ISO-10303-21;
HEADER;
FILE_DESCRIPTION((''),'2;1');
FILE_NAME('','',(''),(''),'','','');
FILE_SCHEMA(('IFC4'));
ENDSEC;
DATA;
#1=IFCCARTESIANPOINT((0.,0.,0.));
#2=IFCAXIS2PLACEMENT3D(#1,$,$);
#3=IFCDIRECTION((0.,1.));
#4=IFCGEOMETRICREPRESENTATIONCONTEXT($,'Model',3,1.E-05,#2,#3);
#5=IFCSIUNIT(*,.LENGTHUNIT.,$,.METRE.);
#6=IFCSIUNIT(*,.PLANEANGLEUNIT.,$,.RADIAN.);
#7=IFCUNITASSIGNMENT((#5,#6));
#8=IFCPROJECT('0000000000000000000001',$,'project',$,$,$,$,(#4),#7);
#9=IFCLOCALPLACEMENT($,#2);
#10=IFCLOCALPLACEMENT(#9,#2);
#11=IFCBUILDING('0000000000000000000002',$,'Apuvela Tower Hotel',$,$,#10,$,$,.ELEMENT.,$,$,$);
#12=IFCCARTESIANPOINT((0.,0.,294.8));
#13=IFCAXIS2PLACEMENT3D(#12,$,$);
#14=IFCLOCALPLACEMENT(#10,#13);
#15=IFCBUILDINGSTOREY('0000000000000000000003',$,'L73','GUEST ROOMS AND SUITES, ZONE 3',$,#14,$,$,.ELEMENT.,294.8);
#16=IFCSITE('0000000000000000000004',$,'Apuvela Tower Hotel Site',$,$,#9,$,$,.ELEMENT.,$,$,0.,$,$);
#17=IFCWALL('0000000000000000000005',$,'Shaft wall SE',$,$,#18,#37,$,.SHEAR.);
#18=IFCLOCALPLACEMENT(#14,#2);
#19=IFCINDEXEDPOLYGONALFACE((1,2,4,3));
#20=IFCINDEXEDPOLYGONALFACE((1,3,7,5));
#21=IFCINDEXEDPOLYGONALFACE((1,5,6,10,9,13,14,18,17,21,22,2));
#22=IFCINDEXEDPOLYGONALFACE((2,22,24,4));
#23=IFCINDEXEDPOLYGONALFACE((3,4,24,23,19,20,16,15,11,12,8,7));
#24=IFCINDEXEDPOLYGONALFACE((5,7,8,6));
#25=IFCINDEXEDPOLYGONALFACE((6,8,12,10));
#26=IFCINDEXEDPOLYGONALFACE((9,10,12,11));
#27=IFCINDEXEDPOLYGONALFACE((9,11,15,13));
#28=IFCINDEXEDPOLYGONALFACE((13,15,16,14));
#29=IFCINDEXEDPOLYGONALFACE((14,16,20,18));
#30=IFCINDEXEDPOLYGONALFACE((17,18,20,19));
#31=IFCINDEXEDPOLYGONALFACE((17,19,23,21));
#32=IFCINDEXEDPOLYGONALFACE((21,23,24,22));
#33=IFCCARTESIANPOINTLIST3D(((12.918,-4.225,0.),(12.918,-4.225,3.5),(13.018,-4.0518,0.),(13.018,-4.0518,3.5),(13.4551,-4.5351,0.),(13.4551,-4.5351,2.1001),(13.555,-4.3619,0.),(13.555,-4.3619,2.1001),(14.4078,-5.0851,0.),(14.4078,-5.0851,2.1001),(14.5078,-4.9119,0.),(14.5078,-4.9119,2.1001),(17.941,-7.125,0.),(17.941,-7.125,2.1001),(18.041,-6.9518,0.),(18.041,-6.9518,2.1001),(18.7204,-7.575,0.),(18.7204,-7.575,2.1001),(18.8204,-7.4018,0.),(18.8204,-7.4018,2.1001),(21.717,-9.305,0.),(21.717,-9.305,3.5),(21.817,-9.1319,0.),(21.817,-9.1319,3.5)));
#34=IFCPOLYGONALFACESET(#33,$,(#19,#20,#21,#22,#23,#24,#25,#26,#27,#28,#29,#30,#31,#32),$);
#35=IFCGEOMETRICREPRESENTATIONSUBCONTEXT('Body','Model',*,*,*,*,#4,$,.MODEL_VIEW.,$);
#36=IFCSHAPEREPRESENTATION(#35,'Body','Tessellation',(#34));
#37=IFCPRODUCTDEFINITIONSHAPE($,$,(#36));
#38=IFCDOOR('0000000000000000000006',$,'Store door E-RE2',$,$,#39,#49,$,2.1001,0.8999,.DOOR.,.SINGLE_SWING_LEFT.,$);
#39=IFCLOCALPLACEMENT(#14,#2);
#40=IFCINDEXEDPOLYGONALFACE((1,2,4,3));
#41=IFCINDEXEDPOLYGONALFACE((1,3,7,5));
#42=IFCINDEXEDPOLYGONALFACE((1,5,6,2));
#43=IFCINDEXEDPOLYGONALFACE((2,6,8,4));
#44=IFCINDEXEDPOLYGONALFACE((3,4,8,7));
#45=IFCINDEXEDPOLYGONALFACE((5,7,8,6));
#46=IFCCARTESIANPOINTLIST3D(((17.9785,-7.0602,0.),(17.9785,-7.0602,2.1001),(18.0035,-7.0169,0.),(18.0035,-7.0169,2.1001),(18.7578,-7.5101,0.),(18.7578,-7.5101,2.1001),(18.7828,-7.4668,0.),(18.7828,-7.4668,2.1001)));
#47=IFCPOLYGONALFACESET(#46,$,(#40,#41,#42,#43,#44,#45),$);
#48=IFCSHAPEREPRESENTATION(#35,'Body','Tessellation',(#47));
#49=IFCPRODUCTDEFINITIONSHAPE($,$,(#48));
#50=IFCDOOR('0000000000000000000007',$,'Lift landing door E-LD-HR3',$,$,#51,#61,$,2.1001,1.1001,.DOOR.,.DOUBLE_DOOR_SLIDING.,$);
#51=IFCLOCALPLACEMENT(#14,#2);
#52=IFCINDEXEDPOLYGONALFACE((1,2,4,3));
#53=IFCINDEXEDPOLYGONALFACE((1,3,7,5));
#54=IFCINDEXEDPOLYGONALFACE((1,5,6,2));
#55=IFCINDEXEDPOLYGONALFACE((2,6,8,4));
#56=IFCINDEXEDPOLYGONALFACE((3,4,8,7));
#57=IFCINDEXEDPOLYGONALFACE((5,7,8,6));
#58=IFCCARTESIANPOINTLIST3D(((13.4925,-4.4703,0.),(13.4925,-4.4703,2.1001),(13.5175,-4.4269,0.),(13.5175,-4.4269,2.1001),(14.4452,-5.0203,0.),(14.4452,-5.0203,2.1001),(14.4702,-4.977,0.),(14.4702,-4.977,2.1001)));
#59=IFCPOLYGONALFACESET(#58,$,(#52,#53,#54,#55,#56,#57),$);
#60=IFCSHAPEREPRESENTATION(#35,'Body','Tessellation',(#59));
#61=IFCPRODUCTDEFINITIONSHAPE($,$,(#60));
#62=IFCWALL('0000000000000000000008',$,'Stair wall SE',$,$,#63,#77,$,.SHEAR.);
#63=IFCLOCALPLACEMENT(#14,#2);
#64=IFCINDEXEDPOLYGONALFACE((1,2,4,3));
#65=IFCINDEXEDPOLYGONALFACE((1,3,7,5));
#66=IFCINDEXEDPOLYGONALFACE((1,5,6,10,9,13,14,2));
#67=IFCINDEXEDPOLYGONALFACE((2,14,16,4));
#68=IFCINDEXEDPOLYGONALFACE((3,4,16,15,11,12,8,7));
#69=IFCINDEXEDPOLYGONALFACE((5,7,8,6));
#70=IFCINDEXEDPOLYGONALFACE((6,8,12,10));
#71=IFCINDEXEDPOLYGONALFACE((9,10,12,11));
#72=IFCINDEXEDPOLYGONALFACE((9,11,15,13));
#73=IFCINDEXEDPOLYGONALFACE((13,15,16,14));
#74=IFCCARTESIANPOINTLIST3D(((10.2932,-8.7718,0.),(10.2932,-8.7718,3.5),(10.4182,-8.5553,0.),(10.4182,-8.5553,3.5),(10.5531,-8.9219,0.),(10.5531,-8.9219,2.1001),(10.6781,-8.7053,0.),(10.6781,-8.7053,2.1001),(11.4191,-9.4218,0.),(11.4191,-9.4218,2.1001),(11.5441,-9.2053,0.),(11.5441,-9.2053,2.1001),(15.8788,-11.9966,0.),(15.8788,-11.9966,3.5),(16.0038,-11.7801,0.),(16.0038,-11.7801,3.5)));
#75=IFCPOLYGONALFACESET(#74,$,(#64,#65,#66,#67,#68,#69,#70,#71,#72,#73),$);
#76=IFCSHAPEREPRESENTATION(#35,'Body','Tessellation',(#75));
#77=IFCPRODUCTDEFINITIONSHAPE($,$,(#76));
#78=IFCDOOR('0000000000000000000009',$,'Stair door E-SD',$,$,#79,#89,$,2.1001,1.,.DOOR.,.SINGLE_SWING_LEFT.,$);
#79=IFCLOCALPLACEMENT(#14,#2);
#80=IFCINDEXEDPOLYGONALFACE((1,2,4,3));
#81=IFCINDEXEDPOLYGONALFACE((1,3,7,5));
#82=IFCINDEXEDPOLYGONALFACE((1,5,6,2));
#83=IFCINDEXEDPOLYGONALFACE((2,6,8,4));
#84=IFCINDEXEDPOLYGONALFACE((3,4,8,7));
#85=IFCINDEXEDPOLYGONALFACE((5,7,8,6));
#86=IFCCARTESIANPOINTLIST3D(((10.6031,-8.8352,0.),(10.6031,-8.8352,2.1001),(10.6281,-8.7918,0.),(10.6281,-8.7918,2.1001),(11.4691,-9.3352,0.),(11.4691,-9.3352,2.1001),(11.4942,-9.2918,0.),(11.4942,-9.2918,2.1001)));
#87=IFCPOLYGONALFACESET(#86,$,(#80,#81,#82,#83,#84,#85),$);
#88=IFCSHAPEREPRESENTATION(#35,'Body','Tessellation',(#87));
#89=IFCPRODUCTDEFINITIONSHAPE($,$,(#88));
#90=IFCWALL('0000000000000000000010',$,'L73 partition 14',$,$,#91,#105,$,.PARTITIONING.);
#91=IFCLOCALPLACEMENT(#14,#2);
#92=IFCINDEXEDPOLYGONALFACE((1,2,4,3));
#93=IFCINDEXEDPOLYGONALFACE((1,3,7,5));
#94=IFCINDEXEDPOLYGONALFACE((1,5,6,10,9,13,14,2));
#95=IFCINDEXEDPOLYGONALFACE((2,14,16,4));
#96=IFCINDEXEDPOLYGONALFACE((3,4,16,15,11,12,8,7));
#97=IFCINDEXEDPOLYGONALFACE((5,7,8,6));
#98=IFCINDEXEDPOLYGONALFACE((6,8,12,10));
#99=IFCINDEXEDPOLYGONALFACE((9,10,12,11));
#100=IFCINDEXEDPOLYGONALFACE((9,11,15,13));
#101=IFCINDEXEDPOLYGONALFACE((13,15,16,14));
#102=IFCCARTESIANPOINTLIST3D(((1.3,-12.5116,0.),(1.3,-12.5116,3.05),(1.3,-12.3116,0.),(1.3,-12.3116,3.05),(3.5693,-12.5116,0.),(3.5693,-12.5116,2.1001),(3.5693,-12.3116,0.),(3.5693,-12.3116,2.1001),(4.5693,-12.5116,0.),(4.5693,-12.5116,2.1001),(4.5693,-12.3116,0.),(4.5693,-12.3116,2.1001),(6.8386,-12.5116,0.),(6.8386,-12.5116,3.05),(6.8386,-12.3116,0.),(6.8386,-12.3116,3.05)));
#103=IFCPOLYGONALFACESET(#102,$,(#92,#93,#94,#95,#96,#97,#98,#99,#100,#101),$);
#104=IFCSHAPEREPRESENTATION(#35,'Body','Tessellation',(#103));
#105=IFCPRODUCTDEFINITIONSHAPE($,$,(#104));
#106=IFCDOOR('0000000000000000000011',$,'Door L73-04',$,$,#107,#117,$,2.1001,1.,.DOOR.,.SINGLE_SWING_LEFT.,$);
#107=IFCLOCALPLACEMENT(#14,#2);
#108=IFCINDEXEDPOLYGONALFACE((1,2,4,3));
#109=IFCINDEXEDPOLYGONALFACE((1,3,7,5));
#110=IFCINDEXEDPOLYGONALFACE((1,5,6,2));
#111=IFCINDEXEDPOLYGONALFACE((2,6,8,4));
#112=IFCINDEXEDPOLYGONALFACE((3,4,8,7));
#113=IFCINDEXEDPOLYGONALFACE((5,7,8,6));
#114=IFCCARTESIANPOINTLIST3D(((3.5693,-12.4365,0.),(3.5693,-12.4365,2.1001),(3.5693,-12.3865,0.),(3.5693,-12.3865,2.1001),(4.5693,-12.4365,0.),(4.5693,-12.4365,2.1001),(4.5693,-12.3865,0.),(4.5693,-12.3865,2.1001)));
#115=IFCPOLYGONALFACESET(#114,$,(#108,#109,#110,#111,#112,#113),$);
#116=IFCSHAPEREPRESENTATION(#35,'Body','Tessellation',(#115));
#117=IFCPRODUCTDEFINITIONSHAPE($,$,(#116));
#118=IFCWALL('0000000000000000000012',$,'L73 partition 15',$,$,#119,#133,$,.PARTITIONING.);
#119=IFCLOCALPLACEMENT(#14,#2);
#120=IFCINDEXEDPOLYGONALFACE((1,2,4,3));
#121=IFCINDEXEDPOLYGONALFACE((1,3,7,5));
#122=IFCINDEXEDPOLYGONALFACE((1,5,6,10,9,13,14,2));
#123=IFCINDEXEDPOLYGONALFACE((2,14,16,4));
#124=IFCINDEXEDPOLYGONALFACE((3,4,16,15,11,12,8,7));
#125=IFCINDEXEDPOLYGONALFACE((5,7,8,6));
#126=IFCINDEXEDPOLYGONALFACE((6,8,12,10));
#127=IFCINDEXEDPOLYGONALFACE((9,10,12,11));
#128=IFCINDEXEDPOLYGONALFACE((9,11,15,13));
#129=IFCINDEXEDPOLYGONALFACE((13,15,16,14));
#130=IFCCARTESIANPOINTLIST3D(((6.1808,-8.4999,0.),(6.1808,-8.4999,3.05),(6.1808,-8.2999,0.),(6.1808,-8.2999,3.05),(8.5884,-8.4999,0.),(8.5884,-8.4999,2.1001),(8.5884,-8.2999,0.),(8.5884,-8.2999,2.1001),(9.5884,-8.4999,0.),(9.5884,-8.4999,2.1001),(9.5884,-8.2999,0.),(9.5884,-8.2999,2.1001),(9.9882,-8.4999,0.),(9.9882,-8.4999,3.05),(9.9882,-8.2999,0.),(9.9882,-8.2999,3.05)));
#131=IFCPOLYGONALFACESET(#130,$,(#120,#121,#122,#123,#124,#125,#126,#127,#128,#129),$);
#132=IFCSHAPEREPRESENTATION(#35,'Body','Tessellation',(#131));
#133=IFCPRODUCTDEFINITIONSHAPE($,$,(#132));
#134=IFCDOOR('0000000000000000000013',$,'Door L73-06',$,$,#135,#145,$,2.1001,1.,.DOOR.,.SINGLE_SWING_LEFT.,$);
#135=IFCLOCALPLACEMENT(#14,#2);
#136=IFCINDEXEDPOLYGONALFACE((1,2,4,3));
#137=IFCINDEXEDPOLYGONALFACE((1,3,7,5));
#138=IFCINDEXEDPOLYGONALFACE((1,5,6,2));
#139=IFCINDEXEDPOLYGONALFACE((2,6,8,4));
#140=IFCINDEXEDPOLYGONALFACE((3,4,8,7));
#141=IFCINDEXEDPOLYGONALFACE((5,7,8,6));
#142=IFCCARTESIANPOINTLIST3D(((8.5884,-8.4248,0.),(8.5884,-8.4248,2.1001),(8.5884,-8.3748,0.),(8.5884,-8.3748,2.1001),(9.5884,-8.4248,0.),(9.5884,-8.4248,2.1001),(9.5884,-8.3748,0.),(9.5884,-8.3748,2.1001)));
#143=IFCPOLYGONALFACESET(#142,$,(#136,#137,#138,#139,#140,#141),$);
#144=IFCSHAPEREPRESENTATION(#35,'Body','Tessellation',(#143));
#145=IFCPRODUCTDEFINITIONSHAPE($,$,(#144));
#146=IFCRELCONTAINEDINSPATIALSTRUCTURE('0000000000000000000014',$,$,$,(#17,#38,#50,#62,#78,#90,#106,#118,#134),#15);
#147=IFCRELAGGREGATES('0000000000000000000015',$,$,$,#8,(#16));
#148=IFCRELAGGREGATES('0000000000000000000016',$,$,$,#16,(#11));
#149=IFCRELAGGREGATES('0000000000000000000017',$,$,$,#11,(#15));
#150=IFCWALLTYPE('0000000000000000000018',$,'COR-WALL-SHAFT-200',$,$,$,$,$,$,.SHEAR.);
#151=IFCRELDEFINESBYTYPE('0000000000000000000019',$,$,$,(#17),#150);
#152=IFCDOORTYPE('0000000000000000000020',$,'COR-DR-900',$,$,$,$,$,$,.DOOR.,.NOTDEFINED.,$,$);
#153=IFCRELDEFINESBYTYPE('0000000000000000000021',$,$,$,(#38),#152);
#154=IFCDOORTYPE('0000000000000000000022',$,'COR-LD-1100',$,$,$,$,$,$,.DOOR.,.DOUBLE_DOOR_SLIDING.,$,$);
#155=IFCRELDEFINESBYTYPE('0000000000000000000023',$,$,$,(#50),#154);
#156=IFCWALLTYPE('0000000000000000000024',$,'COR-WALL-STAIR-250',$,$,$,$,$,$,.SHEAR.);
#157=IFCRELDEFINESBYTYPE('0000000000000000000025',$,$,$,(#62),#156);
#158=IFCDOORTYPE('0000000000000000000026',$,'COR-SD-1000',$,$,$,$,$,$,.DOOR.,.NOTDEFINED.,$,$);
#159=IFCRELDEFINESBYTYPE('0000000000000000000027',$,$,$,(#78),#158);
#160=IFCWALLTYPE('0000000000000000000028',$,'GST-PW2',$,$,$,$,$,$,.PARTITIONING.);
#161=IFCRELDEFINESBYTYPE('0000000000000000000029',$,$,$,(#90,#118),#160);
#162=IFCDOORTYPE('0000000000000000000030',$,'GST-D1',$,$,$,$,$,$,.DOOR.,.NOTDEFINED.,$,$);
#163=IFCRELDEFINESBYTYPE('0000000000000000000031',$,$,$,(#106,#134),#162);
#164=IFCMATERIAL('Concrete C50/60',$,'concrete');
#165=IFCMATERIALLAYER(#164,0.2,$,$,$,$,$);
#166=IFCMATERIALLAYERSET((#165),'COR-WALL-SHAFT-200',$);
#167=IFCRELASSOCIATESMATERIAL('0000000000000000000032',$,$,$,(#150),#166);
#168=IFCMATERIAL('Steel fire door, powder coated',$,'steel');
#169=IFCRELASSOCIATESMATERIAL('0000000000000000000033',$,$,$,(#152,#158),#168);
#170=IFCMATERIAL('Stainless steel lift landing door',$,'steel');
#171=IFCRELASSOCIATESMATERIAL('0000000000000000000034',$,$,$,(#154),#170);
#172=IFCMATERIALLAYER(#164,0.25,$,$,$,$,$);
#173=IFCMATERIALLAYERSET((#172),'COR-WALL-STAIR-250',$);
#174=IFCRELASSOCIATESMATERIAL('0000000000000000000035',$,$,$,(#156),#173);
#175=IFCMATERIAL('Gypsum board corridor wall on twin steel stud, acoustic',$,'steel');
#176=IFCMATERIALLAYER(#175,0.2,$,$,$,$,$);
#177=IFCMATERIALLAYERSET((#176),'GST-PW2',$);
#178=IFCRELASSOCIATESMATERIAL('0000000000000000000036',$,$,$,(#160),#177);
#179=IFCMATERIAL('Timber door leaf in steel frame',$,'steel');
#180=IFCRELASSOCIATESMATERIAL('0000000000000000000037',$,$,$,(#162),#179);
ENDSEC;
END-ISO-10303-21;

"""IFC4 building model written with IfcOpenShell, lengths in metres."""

from ifc_helpers import new_model, si_unit, direction, frame, frame_2d, origin, place, context, subcontext, project, spatial, rectangle, extrude, material, layer, layer_set, type_object, element, fill, save


model = new_model("IFC4")

# Units and contexts
model_context = context("Model", 3, precision=1e-05, world=origin(), true_north=direction((0.0, 1.0)))
body_context = subcontext(model_context, "Body", "Model", "MODEL_VIEW")
ifc_project = project(units=[si_unit("LENGTHUNIT", "METRE"), si_unit("PLANEANGLEUNIT", "RADIAN")], contexts=[model_context])

# Site, building, storey
site_placement = place(None, origin())
site = spatial("IfcSite", under=ifc_project, at=site_placement, Name="Apuvela Tower Hotel Site", CompositionType="ELEMENT", RefElevation=0.0)
building_placement = place(site_placement, origin())
building = spatial("IfcBuilding", under=site, at=building_placement, Name="Apuvela Tower Hotel", CompositionType="ELEMENT")
storey_placement = place(building_placement, frame((0.0, 0.0, 294.8)))
storey = spatial("IfcBuildingStorey", under=building, at=storey_placement, Name="L73", Description="GUEST ROOMS AND SUITES, ZONE 3", CompositionType="ELEMENT", Elevation=294.8)

# Shared definitions
ifc_material_1 = material(Name="Concrete C50/60", Category="concrete")
ifc_material_2 = material(Name="Steel fire door, powder coated", Category="steel")

# Shared definitions
ifc_layer_1 = layer(ifc_material_1, 0.2)
ifc_layer_set_1 = layer_set([ifc_layer_1], Name="COR-WALL-SHAFT-200")
wall_type_1 = type_object("IfcWallType", Name="COR-WALL-SHAFT-200", PredefinedType="SHEAR", material=ifc_layer_set_1)
ifc_material_3 = material(Name="Stainless steel lift landing door", Category="steel")

# Wall, openings, doors
wall_1_placement = place(storey_placement, frame((12.968, -4.1384, 0.0), z_axis=(0.0, 0.0, 1.0), x_axis=(0.866028, -0.499995, 0.0)))
wall_1 = element("IfcWall", 1, at=wall_1_placement, inside=storey, type_object=wall_type_1, Name="Shaft wall SE", PredefinedType="SHEAR", context=body_context, shape_type="SweptSolid", body=[
    extrude(rectangle(XDim=10.1602, YDim=0.2, at=frame_2d((5.0801, 0.0))), origin(), (0.0, 0.0, 1.0), 3.5),
])
opening_1_placement = place(wall_1_placement, frame((0.6201, 0.0, 0.0)))
opening_1 = element("IfcOpeningElement", 2, at=opening_1_placement, cuts=wall_1, PredefinedType="OPENING", context=body_context, shape_type="SweptSolid", body=[
    extrude(rectangle(XDim=1.1001, YDim=2.1001, at=frame_2d((0.55, 1.05))), frame((0.0, 0.1099, 0.0), z_axis=(0.0, -1.0, 0.0), x_axis=(1.0, 0.0, 0.0)), (0.0, 0.0, 1.0), 0.22),
])
opening_2_placement = place(wall_1_placement, frame((5.8, 0.0, 0.0)))
opening_2 = element("IfcOpeningElement", 3, at=opening_2_placement, cuts=wall_1, PredefinedType="OPENING", context=body_context, shape_type="SweptSolid", body=[
    extrude(rectangle(XDim=0.8999, YDim=2.1001, at=frame_2d((0.45, 1.05))), frame((0.0, 0.1099, 0.0), z_axis=(0.0, -1.0, 0.0), x_axis=(1.0, 0.0, 0.0)), (0.0, 0.0, 1.0), 0.22),
])
door_type_1 = type_object("IfcDoorType", Name="COR-DR-900", OperationType="NOTDEFINED", PredefinedType="DOOR", material=ifc_material_2)
door_1_placement = place(opening_2_placement, origin())
door_1 = element("IfcDoor", 4, at=door_1_placement, inside=storey, type_object=door_type_1, Name="Store door E-RE2", OperationType="SINGLE_SWING_LEFT", OverallHeight=2.1001, OverallWidth=0.8999, PredefinedType="DOOR", context=body_context, shape_type="SweptSolid", body=[
    extrude(rectangle(XDim=0.8999, YDim=2.1001, at=frame_2d((0.45, 1.05))), frame((0.0, 0.0249, 0.0), z_axis=(0.0, -1.0, 0.0), x_axis=(1.0, 0.0, 0.0)), (0.0, 0.0, 1.0), 0.05),
])
fill(opening_2, door_1)
door_type_2 = type_object("IfcDoorType", Name="COR-LD-1100", OperationType="DOUBLE_DOOR_SLIDING", PredefinedType="DOOR", material=ifc_material_3)
door_2_placement = place(opening_1_placement, origin())
door_2 = element("IfcDoor", 5, at=door_2_placement, inside=storey, type_object=door_type_2, Name="Lift landing door E-LD-HR3", OperationType="DOUBLE_DOOR_SLIDING", OverallHeight=2.1001, OverallWidth=1.1001, PredefinedType="DOOR", context=body_context, shape_type="SweptSolid", body=[
    extrude(rectangle(XDim=1.1001, YDim=2.1001, at=frame_2d((0.55, 1.05))), frame((0.0, 0.0249, 0.0), z_axis=(0.0, -1.0, 0.0), x_axis=(1.0, 0.0, 0.0)), (0.0, 0.0, 1.0), 0.05),
])
fill(opening_1, door_2)

# Walls, openings, doors
ifc_layer_2 = layer(ifc_material_1, 0.25)
ifc_layer_set_2 = layer_set([ifc_layer_2], Name="COR-WALL-STAIR-250")
wall_type_2 = type_object("IfcWallType", Name="COR-WALL-STAIR-250", PredefinedType="SHEAR", material=ifc_layer_set_2)
wall_2_placement = place(storey_placement, frame((10.3557, -8.6636, 0.0), z_axis=(0.0, 0.0, 1.0), x_axis=(0.866029, -0.499994, 0.0)))
wall_2 = element("IfcWall", 6, at=wall_2_placement, inside=storey, type_object=wall_type_2, Name="Stair wall SE", PredefinedType="SHEAR", context=body_context, shape_type="SweptSolid", body=[
    extrude(rectangle(XDim=6.4497, YDim=0.25, at=frame_2d((3.2249, 0.0))), origin(), (0.0, 0.0, 1.0), 3.5),
])
opening_3_placement = place(wall_2_placement, frame((0.3, 0.0, 0.0)))
opening_3 = element("IfcOpeningElement", 7, at=opening_3_placement, cuts=wall_2, PredefinedType="OPENING", context=body_context, shape_type="SweptSolid", body=[
    extrude(rectangle(XDim=1.0, YDim=2.1001, at=frame_2d((0.5, 1.05))), frame((0.0, 0.135, 0.0), z_axis=(0.0, -1.0, 0.0), x_axis=(1.0, 0.0, 0.0)), (0.0, 0.0, 1.0), 0.27),
])
door_type_3 = type_object("IfcDoorType", Name="COR-SD-1000", OperationType="NOTDEFINED", PredefinedType="DOOR", material=ifc_material_2)
door_3_placement = place(opening_3_placement, frame((1.0, 0.0, 0.0), z_axis=(0.0, 0.0, 1.0), x_axis=(-1.0, 0.0, 0.0)))
door_3 = element("IfcDoor", 8, at=door_3_placement, inside=storey, type_object=door_type_3, Name="Stair door E-SD", OperationType="SINGLE_SWING_LEFT", OverallHeight=2.1001, OverallWidth=1.0, PredefinedType="DOOR", context=body_context, shape_type="SweptSolid", body=[
    extrude(rectangle(XDim=1.0, YDim=2.1001, at=frame_2d((0.5, 1.05))), frame((0.0, 0.0249, 0.0), z_axis=(0.0, -1.0, 0.0), x_axis=(1.0, 0.0, 0.0)), (0.0, 0.0, 1.0), 0.05),
])
fill(opening_3, door_3)
ifc_material_4 = material(Name="Gypsum board corridor wall on twin steel stud, acoustic", Category="steel")
ifc_layer_3 = layer(ifc_material_4, 0.2)
ifc_layer_set_3 = layer_set([ifc_layer_3], Name="GST-PW2")
wall_type_3 = type_object("IfcWallType", Name="GST-PW2", PredefinedType="PARTITIONING", material=ifc_layer_set_3)
wall_3_placement = place(storey_placement, frame((6.8386, -12.4116, 0.0), z_axis=(0.0, 0.0, 1.0), x_axis=(-1.0, 0.0, 0.0)))
wall_3 = element("IfcWall", 9, at=wall_3_placement, inside=storey, type_object=wall_type_3, Name="L73 partition 14", PredefinedType="PARTITIONING", context=body_context, shape_type="SweptSolid", body=[
    extrude(rectangle(XDim=5.5386, YDim=0.2, at=frame_2d((2.7693, 0.0))), origin(), (0.0, 0.0, 1.0), 3.05),
])
opening_4_placement = place(wall_3_placement, frame((2.2693, 0.0, 0.0)))
opening_4 = element("IfcOpeningElement", 10, at=opening_4_placement, cuts=wall_3, PredefinedType="OPENING", context=body_context, shape_type="SweptSolid", body=[
    extrude(rectangle(XDim=1.0, YDim=2.1001, at=frame_2d((0.5, 1.05))), frame((0.0, 0.1099, 0.0), z_axis=(0.0, -1.0, 0.0), x_axis=(1.0, 0.0, 0.0)), (0.0, 0.0, 1.0), 0.22),
])
ifc_material_5 = material(Name="Timber door leaf in steel frame", Category="steel")
door_type_4 = type_object("IfcDoorType", Name="GST-D1", OperationType="NOTDEFINED", PredefinedType="DOOR", material=ifc_material_5)
door_4_placement = place(opening_4_placement, origin())
door_4 = element("IfcDoor", 11, at=door_4_placement, inside=storey, type_object=door_type_4, Name="Door L73-04", OperationType="SINGLE_SWING_LEFT", OverallHeight=2.1001, OverallWidth=1.0, PredefinedType="DOOR", context=body_context, shape_type="SweptSolid", body=[
    extrude(rectangle(XDim=1.0, YDim=2.1001, at=frame_2d((0.5, 1.05))), frame((0.0, 0.0249, 0.0), z_axis=(0.0, -1.0, 0.0), x_axis=(1.0, 0.0, 0.0)), (0.0, 0.0, 1.0), 0.05),
])
fill(opening_4, door_4)
wall_4_placement = place(storey_placement, frame((9.9883, -8.3999, 0.0), z_axis=(0.0, 0.0, 1.0), x_axis=(-1.0, 0.0, 0.0)))
wall_4 = element("IfcWall", 12, at=wall_4_placement, inside=storey, type_object=wall_type_3, Name="L73 partition 15", PredefinedType="PARTITIONING", context=body_context, shape_type="SweptSolid", body=[
    extrude(rectangle(XDim=3.8074, YDim=0.2, at=frame_2d((1.9038, 0.0))), origin(), (0.0, 0.0, 1.0), 3.05),
])
opening_5_placement = place(wall_4_placement, frame((0.3999, 0.0, 0.0)))
opening_5 = element("IfcOpeningElement", 13, at=opening_5_placement, cuts=wall_4, PredefinedType="OPENING", context=body_context, shape_type="SweptSolid", body=[
    extrude(rectangle(XDim=1.0, YDim=2.1001, at=frame_2d((0.5, 1.05))), frame((0.0, 0.1099, 0.0), z_axis=(0.0, -1.0, 0.0), x_axis=(1.0, 0.0, 0.0)), (0.0, 0.0, 1.0), 0.22),
])
door_5_placement = place(opening_5_placement, origin())
door_5 = element("IfcDoor", 14, at=door_5_placement, inside=storey, type_object=door_type_4, Name="Door L73-06", OperationType="SINGLE_SWING_LEFT", OverallHeight=2.1001, OverallWidth=1.0, PredefinedType="DOOR", context=body_context, shape_type="SweptSolid", body=[
    extrude(rectangle(XDim=1.0, YDim=2.1001, at=frame_2d((0.5, 1.05))), frame((0.0, 0.0249, 0.0), z_axis=(0.0, -1.0, 0.0), x_axis=(1.0, 0.0, 0.0)), (0.0, 0.0, 1.0), 0.05),
])
fill(opening_5, door_5)

save(model, "model.ifc")
